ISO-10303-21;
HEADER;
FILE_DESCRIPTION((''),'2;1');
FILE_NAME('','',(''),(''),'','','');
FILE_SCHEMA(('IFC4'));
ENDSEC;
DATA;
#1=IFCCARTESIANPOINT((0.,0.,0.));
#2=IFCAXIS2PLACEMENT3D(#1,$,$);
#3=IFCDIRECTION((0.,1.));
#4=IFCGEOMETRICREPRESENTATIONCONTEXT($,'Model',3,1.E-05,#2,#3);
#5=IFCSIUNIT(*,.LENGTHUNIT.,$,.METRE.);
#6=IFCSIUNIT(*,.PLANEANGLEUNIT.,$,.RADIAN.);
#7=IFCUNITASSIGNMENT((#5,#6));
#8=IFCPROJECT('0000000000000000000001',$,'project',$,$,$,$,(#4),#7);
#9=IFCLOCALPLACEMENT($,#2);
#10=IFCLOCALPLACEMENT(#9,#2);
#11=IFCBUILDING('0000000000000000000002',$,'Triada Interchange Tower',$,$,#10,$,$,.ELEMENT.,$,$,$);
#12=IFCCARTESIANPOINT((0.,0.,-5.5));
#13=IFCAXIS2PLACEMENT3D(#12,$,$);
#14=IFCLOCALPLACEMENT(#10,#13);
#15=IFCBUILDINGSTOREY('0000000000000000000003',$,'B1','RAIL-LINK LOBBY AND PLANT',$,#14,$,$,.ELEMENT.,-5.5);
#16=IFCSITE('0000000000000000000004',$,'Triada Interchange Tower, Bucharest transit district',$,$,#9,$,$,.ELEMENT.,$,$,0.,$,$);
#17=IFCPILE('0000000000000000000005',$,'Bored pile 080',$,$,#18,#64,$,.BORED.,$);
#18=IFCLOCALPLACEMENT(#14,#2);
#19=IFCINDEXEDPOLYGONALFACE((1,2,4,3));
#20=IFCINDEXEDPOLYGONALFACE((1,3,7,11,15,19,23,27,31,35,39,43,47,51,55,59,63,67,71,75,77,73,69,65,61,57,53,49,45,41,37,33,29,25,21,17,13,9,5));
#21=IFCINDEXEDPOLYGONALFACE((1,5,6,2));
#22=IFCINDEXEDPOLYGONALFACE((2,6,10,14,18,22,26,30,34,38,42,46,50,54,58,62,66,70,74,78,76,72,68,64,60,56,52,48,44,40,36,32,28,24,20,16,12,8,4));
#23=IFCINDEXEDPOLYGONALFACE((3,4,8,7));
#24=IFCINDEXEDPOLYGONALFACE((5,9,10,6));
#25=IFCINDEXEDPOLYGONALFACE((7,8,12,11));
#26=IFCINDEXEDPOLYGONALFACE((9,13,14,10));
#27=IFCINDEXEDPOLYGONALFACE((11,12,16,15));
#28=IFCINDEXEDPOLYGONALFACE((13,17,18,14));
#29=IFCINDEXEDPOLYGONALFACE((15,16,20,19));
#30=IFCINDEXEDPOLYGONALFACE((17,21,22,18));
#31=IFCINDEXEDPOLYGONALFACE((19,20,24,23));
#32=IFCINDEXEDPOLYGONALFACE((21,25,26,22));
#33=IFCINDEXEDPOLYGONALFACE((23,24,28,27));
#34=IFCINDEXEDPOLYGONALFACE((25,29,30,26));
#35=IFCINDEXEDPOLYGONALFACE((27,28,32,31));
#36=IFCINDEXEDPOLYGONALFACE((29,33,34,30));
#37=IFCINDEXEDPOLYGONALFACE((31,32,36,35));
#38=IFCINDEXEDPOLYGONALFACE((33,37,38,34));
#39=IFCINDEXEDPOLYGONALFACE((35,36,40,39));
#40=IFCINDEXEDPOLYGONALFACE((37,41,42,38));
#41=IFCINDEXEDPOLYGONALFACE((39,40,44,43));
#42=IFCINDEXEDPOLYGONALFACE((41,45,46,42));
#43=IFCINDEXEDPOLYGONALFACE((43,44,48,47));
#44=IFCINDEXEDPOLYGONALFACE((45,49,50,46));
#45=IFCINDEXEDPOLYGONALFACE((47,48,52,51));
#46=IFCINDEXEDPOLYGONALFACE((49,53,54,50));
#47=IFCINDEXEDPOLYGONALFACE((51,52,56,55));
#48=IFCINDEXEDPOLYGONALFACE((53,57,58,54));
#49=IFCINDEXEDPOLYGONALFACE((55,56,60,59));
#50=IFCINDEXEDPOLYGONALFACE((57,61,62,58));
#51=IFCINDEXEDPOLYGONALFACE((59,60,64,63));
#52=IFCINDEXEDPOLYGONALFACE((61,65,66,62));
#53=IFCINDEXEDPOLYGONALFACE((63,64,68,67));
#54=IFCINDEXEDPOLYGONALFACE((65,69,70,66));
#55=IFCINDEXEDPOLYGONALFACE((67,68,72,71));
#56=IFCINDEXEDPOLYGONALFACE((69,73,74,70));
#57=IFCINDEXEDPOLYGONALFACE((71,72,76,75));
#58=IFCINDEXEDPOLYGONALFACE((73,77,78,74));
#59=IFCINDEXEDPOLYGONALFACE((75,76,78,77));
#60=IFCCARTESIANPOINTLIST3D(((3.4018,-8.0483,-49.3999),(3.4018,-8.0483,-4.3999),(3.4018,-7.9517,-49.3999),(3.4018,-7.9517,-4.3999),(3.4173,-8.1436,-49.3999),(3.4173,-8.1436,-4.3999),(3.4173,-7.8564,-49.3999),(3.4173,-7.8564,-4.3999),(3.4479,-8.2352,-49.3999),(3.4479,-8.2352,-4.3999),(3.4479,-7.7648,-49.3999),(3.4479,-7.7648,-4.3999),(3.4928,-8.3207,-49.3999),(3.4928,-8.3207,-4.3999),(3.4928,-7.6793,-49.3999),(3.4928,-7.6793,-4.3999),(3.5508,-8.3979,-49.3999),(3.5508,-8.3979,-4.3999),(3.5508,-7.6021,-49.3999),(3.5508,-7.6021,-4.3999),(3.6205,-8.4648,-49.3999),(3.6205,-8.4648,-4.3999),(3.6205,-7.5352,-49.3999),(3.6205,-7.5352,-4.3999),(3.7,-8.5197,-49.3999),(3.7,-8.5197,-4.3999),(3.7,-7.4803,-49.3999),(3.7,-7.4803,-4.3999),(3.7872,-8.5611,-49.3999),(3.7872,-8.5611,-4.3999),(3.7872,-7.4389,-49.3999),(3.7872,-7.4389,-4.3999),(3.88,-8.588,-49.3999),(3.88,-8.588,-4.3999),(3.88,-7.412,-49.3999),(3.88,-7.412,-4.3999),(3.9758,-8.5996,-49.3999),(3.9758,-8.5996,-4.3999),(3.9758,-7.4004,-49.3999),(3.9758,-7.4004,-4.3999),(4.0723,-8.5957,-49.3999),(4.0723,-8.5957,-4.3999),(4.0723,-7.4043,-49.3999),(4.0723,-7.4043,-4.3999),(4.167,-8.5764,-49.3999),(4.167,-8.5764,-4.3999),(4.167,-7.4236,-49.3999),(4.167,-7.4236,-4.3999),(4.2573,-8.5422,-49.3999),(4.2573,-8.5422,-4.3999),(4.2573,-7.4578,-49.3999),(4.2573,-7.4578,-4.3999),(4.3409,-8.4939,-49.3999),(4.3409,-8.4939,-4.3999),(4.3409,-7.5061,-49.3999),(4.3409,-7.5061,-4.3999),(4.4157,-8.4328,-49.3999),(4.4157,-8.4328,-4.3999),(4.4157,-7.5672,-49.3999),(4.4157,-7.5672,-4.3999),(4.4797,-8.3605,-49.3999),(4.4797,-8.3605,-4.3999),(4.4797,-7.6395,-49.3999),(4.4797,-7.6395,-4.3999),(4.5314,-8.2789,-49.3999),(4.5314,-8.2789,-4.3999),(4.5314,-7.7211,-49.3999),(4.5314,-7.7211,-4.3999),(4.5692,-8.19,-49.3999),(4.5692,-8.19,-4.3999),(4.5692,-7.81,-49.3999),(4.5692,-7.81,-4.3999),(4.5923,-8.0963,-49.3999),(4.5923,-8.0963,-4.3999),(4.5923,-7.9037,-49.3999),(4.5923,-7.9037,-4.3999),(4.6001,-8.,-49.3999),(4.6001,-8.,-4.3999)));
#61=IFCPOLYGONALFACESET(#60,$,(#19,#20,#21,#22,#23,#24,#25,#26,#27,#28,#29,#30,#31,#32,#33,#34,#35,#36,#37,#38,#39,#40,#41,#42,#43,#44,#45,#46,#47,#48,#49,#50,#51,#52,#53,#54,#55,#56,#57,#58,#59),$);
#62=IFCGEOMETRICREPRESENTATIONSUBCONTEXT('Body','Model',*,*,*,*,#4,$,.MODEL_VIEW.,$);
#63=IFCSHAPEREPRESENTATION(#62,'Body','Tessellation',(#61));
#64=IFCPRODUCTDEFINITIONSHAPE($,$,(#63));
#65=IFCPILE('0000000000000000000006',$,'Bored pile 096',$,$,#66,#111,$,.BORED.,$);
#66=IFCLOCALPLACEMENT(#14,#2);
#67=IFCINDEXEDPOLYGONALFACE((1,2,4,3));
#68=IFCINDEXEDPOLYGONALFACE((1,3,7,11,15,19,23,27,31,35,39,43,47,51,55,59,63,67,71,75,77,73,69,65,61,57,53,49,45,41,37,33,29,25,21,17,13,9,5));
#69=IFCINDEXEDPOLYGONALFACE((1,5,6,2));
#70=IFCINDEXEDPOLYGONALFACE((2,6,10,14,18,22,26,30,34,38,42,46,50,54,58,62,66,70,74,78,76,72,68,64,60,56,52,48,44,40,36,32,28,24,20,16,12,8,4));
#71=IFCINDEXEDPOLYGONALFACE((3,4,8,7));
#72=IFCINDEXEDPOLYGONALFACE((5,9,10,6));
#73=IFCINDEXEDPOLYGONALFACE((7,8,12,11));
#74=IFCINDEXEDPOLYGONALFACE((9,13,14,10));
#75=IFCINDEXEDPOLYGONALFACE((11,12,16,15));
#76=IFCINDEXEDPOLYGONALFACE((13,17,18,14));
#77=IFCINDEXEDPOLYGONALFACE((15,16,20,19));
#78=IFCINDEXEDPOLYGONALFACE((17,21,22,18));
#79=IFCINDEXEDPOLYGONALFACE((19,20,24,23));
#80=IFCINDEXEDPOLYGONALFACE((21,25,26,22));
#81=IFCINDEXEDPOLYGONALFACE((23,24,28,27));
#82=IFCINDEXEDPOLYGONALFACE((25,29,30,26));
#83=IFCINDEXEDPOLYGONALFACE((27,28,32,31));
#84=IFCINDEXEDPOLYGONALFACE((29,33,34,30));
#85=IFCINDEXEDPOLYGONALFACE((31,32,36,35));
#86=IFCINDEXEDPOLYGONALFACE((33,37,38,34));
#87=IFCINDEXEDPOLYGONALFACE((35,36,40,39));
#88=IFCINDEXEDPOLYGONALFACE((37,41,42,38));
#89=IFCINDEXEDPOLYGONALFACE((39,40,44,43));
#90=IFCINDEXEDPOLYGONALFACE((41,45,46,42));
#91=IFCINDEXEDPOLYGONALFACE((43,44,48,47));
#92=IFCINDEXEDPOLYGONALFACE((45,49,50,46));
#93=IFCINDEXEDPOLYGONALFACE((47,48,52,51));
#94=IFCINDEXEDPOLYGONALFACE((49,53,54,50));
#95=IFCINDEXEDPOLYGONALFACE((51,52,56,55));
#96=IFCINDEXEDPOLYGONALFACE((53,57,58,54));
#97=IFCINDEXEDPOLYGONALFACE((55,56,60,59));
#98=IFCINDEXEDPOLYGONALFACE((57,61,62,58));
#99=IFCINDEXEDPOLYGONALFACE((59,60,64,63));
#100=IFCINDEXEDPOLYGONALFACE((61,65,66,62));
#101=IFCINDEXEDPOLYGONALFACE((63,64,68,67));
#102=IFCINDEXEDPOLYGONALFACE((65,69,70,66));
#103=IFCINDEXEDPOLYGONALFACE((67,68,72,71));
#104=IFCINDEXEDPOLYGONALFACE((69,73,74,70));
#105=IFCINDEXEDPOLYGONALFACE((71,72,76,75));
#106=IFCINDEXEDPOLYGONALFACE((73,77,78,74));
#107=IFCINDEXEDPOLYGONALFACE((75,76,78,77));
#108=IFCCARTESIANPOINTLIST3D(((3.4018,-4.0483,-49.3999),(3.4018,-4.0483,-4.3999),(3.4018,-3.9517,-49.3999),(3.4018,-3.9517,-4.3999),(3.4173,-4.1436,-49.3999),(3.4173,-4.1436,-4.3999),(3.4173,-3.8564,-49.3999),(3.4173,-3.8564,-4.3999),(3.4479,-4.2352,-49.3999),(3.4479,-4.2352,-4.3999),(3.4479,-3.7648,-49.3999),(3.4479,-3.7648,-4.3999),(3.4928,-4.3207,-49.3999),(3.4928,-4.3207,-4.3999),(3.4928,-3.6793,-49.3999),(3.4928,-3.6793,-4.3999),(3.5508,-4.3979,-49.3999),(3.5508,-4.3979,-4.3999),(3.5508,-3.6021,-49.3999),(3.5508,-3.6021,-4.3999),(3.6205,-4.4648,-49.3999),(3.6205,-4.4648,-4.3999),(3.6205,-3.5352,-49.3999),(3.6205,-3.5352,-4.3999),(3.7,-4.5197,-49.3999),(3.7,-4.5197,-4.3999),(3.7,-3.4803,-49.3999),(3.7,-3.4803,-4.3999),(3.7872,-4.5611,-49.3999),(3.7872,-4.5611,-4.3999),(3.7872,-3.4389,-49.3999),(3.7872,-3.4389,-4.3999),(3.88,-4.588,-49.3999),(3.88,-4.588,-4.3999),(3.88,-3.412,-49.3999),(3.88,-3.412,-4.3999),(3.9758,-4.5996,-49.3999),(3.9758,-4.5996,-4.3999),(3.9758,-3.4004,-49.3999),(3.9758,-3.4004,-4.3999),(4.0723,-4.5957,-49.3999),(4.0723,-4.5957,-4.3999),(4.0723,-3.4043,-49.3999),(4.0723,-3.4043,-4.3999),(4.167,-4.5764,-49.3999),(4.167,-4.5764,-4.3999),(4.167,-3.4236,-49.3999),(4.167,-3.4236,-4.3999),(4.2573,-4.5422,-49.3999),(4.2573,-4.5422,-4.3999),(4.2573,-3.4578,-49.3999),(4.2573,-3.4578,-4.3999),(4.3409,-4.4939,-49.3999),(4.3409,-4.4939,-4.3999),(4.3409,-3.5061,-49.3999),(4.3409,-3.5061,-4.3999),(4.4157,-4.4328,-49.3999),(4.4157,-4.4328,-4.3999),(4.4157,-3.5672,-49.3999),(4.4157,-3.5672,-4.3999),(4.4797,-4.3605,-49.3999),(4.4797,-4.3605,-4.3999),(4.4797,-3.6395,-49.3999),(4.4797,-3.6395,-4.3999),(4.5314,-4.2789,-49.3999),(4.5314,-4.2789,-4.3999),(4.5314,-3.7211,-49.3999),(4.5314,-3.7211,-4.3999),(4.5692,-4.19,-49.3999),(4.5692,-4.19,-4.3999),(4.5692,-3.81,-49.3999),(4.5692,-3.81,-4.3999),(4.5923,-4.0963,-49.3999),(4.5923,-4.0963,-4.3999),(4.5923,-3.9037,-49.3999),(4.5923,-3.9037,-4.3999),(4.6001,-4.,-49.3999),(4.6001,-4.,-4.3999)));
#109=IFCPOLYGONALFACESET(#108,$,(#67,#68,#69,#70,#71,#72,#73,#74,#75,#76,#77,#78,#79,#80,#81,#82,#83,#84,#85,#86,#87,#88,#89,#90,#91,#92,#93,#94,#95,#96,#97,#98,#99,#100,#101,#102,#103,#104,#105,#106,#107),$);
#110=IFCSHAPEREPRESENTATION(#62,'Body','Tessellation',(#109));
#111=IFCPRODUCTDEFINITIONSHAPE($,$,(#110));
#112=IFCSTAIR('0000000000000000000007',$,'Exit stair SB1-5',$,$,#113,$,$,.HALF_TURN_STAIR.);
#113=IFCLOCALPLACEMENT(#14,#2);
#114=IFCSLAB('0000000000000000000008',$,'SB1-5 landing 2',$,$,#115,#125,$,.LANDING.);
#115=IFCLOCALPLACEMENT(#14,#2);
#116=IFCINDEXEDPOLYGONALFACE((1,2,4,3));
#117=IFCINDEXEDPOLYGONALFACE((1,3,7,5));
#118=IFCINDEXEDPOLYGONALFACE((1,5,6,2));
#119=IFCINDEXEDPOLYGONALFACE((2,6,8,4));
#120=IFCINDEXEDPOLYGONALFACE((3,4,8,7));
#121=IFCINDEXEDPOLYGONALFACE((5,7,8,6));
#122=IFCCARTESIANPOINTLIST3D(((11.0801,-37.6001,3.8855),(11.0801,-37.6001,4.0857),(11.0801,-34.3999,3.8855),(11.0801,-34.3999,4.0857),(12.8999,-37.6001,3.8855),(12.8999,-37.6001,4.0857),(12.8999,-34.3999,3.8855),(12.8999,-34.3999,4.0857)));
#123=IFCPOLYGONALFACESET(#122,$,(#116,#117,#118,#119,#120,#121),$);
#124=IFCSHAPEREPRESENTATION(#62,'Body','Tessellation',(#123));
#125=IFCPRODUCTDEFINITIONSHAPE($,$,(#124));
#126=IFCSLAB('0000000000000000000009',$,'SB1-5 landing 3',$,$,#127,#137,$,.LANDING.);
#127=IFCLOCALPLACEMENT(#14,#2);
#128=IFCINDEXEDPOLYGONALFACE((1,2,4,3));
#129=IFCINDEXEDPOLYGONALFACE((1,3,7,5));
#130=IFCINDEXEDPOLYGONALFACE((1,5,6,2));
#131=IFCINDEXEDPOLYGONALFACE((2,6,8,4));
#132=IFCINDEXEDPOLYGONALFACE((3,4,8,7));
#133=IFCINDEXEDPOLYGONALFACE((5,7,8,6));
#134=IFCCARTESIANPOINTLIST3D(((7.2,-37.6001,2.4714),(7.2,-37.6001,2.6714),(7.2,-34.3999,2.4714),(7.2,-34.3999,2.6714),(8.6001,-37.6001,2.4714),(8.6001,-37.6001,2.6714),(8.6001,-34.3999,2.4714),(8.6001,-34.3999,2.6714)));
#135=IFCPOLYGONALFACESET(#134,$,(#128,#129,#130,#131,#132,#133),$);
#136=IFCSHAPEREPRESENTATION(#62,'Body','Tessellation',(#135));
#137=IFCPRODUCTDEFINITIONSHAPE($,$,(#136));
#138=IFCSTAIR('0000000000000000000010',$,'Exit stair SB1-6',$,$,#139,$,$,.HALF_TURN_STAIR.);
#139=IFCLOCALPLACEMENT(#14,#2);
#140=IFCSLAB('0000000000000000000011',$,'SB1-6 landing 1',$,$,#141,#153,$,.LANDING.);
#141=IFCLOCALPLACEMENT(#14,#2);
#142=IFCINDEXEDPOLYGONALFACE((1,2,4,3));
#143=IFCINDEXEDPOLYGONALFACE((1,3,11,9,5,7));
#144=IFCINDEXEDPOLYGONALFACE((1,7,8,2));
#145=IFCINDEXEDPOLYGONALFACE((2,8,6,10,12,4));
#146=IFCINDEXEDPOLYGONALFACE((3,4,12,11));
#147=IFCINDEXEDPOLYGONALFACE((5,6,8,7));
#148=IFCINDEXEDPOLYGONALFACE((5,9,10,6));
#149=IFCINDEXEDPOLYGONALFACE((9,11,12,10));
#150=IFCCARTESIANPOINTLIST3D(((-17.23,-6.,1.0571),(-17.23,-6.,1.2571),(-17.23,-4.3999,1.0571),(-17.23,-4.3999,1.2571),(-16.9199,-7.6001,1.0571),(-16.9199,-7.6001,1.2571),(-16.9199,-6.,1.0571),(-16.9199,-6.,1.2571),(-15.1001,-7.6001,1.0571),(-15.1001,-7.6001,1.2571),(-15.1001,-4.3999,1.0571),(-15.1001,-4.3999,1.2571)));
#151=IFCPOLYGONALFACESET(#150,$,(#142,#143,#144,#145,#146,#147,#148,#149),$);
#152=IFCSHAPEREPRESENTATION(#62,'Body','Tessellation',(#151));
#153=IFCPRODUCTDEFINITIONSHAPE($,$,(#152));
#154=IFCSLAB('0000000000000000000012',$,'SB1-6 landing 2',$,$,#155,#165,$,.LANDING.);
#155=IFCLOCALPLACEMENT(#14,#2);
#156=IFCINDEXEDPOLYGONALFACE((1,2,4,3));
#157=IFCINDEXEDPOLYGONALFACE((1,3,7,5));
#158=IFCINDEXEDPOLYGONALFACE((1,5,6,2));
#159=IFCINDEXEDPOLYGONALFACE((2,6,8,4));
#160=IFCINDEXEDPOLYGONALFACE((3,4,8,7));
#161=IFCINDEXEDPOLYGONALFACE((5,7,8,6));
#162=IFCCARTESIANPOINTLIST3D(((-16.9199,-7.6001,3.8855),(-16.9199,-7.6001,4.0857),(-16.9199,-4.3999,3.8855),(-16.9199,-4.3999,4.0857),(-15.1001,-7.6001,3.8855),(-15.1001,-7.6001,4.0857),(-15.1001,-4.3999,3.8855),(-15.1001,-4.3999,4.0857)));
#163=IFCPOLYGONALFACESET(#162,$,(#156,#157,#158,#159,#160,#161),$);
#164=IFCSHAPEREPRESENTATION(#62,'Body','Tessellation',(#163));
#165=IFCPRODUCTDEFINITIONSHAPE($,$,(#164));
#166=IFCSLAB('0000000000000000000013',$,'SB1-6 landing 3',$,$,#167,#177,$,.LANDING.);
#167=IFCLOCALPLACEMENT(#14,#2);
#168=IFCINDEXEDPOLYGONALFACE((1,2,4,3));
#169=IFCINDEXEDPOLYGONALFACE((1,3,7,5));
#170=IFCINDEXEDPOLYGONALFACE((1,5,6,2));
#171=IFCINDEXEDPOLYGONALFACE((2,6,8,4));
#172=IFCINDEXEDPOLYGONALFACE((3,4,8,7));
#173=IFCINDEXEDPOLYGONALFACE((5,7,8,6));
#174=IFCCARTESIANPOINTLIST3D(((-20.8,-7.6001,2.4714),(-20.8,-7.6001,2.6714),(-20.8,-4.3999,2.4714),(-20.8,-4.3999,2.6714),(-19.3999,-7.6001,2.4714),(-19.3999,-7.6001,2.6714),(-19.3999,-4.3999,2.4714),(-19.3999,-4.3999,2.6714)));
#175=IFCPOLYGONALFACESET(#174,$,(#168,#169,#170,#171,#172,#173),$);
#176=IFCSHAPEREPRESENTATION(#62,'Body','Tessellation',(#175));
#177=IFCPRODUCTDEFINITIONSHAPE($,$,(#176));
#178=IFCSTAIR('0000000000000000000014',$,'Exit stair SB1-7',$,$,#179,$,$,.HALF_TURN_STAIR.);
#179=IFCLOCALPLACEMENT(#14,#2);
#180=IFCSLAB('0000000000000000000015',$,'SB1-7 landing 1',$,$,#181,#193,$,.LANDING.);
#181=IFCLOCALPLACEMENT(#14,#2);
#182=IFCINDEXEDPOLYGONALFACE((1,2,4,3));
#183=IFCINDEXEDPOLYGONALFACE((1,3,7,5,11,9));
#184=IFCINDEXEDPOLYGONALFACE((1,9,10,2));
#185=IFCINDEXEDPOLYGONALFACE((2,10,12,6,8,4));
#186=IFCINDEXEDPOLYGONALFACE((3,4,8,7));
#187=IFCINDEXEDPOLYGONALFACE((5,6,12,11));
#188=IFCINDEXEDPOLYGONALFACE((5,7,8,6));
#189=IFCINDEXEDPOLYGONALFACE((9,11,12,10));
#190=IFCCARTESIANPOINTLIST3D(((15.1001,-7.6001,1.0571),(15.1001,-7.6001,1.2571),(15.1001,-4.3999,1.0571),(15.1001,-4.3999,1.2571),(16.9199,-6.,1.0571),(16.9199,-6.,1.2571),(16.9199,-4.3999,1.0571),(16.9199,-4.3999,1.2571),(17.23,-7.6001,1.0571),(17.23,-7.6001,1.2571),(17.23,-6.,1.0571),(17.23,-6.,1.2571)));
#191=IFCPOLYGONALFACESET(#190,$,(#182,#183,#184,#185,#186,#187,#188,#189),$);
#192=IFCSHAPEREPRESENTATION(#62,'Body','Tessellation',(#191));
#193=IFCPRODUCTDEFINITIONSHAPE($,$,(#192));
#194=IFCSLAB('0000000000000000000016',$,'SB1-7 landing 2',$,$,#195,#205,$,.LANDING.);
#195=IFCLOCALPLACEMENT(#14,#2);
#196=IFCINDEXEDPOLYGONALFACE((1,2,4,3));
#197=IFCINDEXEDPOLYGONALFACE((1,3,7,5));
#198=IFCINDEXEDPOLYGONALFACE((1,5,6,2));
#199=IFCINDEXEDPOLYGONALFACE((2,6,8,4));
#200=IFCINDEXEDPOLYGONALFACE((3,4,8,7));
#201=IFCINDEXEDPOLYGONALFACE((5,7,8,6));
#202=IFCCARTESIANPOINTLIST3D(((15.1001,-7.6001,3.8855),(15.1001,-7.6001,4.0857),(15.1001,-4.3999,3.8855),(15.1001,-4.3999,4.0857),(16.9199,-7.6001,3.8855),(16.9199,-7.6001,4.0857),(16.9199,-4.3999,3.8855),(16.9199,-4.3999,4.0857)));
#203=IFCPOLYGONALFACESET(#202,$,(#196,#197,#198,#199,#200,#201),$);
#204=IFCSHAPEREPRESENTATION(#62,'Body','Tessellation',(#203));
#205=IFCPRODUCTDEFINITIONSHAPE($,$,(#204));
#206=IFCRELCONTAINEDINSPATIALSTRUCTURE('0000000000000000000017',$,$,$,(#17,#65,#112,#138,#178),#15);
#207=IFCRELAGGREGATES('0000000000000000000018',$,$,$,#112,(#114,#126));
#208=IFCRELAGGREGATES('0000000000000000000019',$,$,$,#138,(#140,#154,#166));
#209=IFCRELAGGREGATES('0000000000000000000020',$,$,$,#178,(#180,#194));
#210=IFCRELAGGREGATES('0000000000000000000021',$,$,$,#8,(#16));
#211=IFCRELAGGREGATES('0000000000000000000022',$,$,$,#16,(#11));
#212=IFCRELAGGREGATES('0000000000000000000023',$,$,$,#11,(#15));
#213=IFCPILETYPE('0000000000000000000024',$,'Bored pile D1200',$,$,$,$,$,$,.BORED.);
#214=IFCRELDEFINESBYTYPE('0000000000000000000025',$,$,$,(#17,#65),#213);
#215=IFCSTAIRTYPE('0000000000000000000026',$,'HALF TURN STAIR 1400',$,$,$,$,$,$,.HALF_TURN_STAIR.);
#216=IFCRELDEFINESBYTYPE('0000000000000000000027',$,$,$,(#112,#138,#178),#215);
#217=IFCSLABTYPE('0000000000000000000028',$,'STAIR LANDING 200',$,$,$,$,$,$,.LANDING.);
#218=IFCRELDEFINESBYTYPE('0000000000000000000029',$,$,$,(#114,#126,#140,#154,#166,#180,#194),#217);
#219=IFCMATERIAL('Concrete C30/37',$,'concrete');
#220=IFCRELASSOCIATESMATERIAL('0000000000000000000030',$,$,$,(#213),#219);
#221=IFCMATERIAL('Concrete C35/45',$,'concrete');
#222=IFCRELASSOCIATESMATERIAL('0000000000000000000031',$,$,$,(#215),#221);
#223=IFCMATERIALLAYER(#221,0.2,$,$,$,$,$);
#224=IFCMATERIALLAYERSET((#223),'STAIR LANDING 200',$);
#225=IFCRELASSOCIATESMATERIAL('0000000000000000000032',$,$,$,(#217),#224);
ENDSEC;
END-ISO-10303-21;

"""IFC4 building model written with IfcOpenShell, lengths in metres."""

from ifc_helpers import new_model, si_unit, direction, frame, origin, origin_2d, place, context, subcontext, project, spatial, polyline, circle, outline, extrude, material, layer, layer_set, material_profile, profile_set, type_object, element, aggregate, save


model = new_model("IFC4")

# Units and contexts
model_context = context("Model", 3, precision=1e-05, world=origin(), true_north=direction((0.0, 1.0)))
body_context = subcontext(model_context, "Body", "Model", "MODEL_VIEW")
ifc_project = project(units=[si_unit("LENGTHUNIT", "METRE"), si_unit("PLANEANGLEUNIT", "RADIAN")], contexts=[model_context])

# Site, building, storey
site_placement = place(None, origin())
site = spatial("IfcSite", under=ifc_project, at=site_placement, Name="Triada Interchange Tower, Bucharest transit district", CompositionType="ELEMENT", RefElevation=0.0)
building_placement = place(site_placement, origin())
building = spatial("IfcBuilding", under=site, at=building_placement, Name="Triada Interchange Tower", CompositionType="ELEMENT")
storey_placement = place(building_placement, frame((0.0, 0.0, -5.5)))
storey = spatial("IfcBuildingStorey", under=building, at=storey_placement, Name="B1", Description="RAIL-LINK LOBBY AND PLANT", CompositionType="ELEMENT", Elevation=-5.5)

# Piles
ifc_material_1 = material(Name="Concrete C30/37", Category="concrete")
ifc_material_profile = material_profile(ifc_material_1, circle(Radius=0.6001, at=origin_2d()), Name="RC D1200")
ifc_profile_set = profile_set([ifc_material_profile], Name="Concrete C30/37")
pile_type = type_object("IfcPileType", Name="Bored pile D1200", PredefinedType="BORED", material=ifc_profile_set)
for number, where, z_axis, x_axis, name in (
    (1, (4.0, -8.0, -4.3999), (0.0, 0.0, -1.0), (1.0, 0.0, 0.0), "Bored pile 080"),
    (2, (4.0, -4.0, -4.3999), (0.0, 0.0, -1.0), (1.0, 0.0, 0.0), "Bored pile 096"),
):
    element("IfcPile", number, at=place(storey_placement, frame(where, z_axis=z_axis, x_axis=x_axis)), inside=storey, type_object=pile_type, Name=name, PredefinedType="BORED", context=body_context, shape_type="SweptSolid", body=[
        extrude(circle(Radius=0.6001, at=origin_2d()), origin(), (0.0, 0.0, 1.0), 45.0),
    ])

# Stairs, slabs
ifc_material_2 = material(Name="Concrete C35/45", Category="concrete")
stair_type = type_object("IfcStairType", Name="HALF TURN STAIR 1400", PredefinedType="HALF_TURN_STAIR", material=ifc_material_2)
stair_1_placement = place(storey_placement, origin())
stair_1 = element("IfcStair", 3, at=stair_1_placement, inside=storey, type_object=stair_type, Name="Exit stair SB1-5", PredefinedType="HALF_TURN_STAIR")
ifc_layer_1 = layer(ifc_material_2, 0.2)
ifc_layer_set_1 = layer_set([ifc_layer_1], Name="STAIR LANDING 200")
slab_type = type_object("IfcSlabType", Name="STAIR LANDING 200", PredefinedType="LANDING", material=ifc_layer_set_1)
slab_1_placement = place(storey_placement, frame((0.0, 0.0, 3.8855)))
slab_1 = element("IfcSlab", 4, at=slab_1_placement, type_object=slab_type, Name="SB1-5 landing 2", PredefinedType="LANDING", context=body_context, shape_type="SweptSolid", body=[
    extrude(outline(polyline([(12.8999, -34.3999), (11.0801, -34.3999), (11.0801, -37.6001), (12.8999, -37.6001), (12.8999, -34.3999)])), origin(), (0.0, 0.0, 1.0), 0.2002),
])
slab_2_placement = place(storey_placement, frame((0.0, 0.0, 2.4714)))
slab_2 = element("IfcSlab", 5, at=slab_2_placement, type_object=slab_type, Name="SB1-5 landing 3", PredefinedType="LANDING", context=body_context, shape_type="SweptSolid", body=[
    extrude(outline(polyline([(8.6001, -34.3999), (7.2, -34.3999), (7.2, -37.6001), (8.6001, -37.6001), (8.6001, -34.3999)])), origin(), (0.0, 0.0, 1.0), 0.2),
])
aggregate(stair_1, [slab_1, slab_2])
stair_2_placement = place(storey_placement, origin())
stair_2 = element("IfcStair", 6, at=stair_2_placement, inside=storey, type_object=stair_type, Name="Exit stair SB1-6", PredefinedType="HALF_TURN_STAIR")
slab_3_placement = place(storey_placement, frame((0.0, 0.0, 1.0571)))
slab_3 = element("IfcSlab", 7, at=slab_3_placement, type_object=slab_type, Name="SB1-6 landing 1", PredefinedType="LANDING", context=body_context, shape_type="SweptSolid", body=[
    extrude(outline(polyline([(-15.1001, -4.3999), (-17.23, -4.3999), (-17.23, -6.0), (-16.9199, -6.0), (-16.9199, -7.6001), (-15.1001, -7.6001), (-15.1001, -4.3999)])), origin(), (0.0, 0.0, 1.0), 0.2),
])
slab_4_placement = place(storey_placement, frame((0.0, 0.0, 3.8855)))
slab_4 = element("IfcSlab", 8, at=slab_4_placement, type_object=slab_type, Name="SB1-6 landing 2", PredefinedType="LANDING", context=body_context, shape_type="SweptSolid", body=[
    extrude(outline(polyline([(-15.1001, -4.3999), (-16.9199, -4.3999), (-16.9199, -7.6001), (-15.1001, -7.6001), (-15.1001, -4.3999)])), origin(), (0.0, 0.0, 1.0), 0.2002),
])
slab_5_placement = place(storey_placement, frame((0.0, 0.0, 2.4714)))
slab_5 = element("IfcSlab", 9, at=slab_5_placement, type_object=slab_type, Name="SB1-6 landing 3", PredefinedType="LANDING", context=body_context, shape_type="SweptSolid", body=[
    extrude(outline(polyline([(-19.3999, -4.3999), (-20.8, -4.3999), (-20.8, -7.6001), (-19.3999, -7.6001), (-19.3999, -4.3999)])), origin(), (0.0, 0.0, 1.0), 0.2),
])
aggregate(stair_2, [slab_3, slab_4, slab_5])
stair_3_placement = place(storey_placement, origin())
stair_3 = element("IfcStair", 10, at=stair_3_placement, inside=storey, type_object=stair_type, Name="Exit stair SB1-7", PredefinedType="HALF_TURN_STAIR")
slab_6_placement = place(storey_placement, frame((0.0, 0.0, 1.0571)))
slab_6 = element("IfcSlab", 11, at=slab_6_placement, type_object=slab_type, Name="SB1-7 landing 1", PredefinedType="LANDING", context=body_context, shape_type="SweptSolid", body=[
    extrude(outline(polyline([(15.1001, -7.6001), (17.23, -7.6001), (17.23, -6.0), (16.9199, -6.0), (16.9199, -4.3999), (15.1001, -4.3999), (15.1001, -7.6001)])), origin(), (0.0, 0.0, 1.0), 0.2),
])
slab_7_placement = place(storey_placement, frame((0.0, 0.0, 3.8855)))
slab_7 = element("IfcSlab", 12, at=slab_7_placement, type_object=slab_type, Name="SB1-7 landing 2", PredefinedType="LANDING", context=body_context, shape_type="SweptSolid", body=[
    extrude(outline(polyline([(15.1001, -7.6001), (16.9199, -7.6001), (16.9199, -4.3999), (15.1001, -4.3999), (15.1001, -7.6001)])), origin(), (0.0, 0.0, 1.0), 0.2002),
])
aggregate(stair_3, [slab_6, slab_7])

save(model, "model.ifc")
